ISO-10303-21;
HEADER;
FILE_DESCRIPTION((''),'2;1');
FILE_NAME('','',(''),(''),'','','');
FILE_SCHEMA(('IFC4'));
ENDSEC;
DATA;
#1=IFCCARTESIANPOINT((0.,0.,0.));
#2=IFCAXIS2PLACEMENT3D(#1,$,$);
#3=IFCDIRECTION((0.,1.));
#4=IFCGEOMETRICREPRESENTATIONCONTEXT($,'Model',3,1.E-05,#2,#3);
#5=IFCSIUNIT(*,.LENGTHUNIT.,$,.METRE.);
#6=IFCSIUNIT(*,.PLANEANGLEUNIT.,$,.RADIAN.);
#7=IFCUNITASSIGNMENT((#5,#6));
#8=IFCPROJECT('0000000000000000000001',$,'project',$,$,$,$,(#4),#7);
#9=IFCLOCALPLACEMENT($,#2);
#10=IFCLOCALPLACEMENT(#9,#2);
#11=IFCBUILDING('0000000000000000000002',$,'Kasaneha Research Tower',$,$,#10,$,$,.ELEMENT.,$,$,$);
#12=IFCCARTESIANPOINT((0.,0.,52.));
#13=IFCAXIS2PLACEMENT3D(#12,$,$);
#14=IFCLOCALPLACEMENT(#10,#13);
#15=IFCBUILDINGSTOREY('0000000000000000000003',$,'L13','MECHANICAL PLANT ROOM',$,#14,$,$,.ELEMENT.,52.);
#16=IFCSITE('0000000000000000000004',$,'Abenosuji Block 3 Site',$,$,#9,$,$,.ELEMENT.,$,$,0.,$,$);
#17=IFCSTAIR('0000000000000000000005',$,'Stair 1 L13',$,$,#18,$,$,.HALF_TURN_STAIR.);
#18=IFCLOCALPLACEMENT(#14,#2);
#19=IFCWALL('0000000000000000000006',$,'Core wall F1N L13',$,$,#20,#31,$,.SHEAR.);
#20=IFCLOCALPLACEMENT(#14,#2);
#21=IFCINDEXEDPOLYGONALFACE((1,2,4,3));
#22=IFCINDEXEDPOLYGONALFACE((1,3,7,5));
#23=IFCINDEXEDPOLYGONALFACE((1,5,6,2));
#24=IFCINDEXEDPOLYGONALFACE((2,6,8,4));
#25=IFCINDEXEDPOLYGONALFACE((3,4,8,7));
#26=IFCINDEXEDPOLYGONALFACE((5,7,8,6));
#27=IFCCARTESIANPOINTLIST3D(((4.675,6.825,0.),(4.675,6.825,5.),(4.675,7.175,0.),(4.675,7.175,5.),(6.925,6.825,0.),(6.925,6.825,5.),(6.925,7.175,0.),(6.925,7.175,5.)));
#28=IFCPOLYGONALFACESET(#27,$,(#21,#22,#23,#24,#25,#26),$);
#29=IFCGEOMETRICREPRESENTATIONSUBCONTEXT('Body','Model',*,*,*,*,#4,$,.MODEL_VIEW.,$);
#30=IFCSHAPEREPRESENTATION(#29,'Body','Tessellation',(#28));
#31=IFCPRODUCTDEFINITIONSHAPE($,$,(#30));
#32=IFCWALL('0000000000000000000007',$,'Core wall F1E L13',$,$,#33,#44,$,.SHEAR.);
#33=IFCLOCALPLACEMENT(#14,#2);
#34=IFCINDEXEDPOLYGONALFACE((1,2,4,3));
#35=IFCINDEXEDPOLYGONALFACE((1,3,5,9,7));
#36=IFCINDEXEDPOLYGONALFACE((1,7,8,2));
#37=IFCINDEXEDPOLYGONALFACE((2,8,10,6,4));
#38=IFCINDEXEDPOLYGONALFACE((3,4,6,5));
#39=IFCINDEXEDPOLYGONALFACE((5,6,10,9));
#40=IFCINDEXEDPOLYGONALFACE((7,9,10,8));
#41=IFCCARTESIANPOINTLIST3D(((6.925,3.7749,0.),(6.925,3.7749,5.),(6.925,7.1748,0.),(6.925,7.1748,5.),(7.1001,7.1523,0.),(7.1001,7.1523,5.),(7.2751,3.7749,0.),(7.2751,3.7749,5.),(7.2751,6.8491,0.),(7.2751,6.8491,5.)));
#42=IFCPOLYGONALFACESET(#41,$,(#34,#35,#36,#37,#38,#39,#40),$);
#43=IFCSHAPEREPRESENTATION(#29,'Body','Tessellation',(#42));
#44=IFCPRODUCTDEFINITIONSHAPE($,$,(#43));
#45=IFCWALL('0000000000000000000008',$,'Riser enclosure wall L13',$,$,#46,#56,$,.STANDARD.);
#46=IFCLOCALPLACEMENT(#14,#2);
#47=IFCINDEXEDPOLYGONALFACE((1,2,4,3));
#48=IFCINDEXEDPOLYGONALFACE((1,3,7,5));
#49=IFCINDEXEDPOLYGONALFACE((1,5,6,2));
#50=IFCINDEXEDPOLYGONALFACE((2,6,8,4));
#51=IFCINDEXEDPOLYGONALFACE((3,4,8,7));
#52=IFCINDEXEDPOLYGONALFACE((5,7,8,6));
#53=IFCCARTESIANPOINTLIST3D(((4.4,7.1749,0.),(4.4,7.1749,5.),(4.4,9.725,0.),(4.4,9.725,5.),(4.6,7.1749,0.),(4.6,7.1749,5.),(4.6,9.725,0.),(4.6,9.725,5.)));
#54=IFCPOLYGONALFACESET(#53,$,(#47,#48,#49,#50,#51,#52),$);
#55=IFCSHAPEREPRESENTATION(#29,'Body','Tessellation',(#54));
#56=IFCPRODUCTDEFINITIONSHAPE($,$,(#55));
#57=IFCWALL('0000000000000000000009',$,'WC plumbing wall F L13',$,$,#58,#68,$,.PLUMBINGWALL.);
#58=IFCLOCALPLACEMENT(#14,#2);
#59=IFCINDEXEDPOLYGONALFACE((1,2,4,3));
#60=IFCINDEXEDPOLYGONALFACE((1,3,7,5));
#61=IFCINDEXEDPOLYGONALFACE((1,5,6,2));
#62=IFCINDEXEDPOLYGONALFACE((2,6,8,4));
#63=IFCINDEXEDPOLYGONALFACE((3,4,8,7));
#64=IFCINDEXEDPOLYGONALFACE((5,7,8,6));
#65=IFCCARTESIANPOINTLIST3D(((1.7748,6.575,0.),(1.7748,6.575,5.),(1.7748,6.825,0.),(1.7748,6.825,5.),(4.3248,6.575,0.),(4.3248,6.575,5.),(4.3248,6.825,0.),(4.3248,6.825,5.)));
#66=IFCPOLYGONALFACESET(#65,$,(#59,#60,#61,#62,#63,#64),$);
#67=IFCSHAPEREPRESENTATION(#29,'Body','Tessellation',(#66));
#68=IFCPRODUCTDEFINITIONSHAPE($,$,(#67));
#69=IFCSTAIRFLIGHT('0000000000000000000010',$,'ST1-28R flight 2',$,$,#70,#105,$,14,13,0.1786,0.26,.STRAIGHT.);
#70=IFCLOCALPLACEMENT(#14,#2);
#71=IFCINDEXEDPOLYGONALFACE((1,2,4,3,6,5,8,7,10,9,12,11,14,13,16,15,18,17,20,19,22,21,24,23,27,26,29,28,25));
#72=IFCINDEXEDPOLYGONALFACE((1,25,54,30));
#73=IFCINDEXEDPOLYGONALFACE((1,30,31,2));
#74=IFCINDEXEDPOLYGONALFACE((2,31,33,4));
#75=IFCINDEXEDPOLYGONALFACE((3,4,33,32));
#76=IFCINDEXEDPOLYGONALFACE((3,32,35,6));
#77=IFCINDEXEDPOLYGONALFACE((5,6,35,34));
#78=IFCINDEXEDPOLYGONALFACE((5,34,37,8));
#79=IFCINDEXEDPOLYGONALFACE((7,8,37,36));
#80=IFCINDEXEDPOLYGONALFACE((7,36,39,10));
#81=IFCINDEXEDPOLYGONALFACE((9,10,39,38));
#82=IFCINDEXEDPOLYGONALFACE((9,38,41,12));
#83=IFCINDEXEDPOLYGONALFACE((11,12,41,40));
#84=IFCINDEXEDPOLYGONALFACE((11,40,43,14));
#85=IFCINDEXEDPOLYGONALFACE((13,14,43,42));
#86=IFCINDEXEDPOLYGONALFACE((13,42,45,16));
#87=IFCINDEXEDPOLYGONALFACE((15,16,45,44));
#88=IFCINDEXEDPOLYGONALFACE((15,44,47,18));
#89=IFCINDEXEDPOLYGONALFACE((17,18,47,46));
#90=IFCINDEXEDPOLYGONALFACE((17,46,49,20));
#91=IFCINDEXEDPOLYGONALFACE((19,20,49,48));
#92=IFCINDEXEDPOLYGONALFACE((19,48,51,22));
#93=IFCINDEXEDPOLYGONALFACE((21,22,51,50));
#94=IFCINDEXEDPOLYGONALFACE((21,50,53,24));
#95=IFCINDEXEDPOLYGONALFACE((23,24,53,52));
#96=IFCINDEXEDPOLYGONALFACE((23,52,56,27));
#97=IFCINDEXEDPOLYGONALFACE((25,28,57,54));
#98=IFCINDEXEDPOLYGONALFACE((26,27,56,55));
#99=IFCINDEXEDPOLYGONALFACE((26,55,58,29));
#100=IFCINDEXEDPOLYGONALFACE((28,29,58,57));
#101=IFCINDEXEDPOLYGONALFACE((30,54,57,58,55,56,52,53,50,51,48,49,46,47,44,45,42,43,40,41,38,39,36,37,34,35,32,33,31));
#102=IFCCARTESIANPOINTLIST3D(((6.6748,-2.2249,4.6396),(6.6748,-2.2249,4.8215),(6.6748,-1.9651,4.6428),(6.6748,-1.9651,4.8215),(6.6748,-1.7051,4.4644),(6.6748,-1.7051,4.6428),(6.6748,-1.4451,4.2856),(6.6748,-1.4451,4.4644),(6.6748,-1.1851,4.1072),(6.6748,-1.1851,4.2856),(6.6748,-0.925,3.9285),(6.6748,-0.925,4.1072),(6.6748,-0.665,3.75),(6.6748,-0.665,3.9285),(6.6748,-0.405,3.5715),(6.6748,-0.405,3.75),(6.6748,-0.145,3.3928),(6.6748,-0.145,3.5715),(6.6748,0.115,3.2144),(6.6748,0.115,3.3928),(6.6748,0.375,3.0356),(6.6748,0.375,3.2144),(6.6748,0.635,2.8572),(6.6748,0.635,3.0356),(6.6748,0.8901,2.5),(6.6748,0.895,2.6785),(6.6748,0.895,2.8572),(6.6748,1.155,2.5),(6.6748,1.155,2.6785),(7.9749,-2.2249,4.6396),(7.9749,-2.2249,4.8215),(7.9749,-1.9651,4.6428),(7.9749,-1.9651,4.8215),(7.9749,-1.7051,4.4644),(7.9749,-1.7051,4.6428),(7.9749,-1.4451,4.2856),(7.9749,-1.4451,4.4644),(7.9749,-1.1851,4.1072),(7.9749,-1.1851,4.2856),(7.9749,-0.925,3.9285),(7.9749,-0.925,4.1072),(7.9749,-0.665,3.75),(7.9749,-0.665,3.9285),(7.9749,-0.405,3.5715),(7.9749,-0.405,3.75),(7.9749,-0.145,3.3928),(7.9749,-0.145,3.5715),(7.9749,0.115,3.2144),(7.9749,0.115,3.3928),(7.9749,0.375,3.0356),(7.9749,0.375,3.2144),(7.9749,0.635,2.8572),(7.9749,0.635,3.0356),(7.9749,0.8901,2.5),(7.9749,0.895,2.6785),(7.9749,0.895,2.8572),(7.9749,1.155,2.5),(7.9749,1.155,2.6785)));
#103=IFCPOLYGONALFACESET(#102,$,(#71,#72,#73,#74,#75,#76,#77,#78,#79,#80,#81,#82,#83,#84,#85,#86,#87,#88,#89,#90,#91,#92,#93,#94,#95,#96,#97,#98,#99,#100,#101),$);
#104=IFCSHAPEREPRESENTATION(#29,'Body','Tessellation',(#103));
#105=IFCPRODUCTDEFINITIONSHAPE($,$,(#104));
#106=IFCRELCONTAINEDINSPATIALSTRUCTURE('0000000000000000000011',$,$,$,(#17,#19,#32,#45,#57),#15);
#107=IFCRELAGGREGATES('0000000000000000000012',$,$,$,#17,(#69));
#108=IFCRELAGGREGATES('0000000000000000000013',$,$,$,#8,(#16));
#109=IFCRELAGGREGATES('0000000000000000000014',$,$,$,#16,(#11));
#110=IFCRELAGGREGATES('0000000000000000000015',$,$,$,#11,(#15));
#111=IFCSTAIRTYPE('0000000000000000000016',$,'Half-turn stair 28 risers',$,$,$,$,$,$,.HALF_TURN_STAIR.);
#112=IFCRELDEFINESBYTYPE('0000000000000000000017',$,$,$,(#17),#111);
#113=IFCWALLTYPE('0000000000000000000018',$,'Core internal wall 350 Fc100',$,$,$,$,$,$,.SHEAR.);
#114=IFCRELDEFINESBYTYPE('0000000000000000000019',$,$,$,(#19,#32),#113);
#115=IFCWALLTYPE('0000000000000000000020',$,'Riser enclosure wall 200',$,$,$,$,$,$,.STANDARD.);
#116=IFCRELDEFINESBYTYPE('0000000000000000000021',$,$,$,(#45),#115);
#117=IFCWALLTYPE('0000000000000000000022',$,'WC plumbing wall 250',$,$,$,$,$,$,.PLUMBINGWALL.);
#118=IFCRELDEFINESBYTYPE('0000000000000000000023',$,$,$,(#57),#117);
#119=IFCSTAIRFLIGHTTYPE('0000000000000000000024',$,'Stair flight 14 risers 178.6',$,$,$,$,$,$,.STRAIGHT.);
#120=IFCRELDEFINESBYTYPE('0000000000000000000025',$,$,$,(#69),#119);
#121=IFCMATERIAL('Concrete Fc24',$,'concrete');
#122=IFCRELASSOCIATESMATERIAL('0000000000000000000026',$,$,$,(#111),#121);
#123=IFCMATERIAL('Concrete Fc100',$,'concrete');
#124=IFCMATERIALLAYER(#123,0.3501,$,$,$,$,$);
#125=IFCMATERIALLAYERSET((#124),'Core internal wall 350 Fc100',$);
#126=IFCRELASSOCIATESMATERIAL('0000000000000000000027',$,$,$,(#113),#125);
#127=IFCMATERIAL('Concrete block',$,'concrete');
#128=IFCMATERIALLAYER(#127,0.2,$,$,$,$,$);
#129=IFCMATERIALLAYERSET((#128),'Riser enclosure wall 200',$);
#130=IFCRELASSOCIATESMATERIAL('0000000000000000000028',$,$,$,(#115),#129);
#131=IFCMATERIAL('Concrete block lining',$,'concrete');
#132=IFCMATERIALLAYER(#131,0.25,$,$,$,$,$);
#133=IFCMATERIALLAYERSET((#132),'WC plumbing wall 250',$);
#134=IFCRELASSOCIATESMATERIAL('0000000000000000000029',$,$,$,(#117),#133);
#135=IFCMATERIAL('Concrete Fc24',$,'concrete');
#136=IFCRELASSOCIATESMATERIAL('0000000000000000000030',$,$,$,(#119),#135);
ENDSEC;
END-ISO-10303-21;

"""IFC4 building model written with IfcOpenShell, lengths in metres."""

from ifc_helpers import new_model, si_unit, direction, frame, frame_2d, origin, place, context, subcontext, project, spatial, polyline, rectangle, outline, extrude, material, layer, layer_set, type_object, element, aggregate, save


model = new_model("IFC4")

# Units and contexts
model_context = context("Model", 3, precision=1e-05, world=origin(), true_north=direction((0.0, 1.0)))
body_context = subcontext(model_context, "Body", "Model", "MODEL_VIEW")
ifc_project = project(units=[si_unit("LENGTHUNIT", "METRE"), si_unit("PLANEANGLEUNIT", "RADIAN")], contexts=[model_context])

# Site, building, storey
site_placement = place(None, origin())
site = spatial("IfcSite", under=ifc_project, at=site_placement, Name="Abenosuji Block 3 Site", CompositionType="ELEMENT", RefElevation=0.0)
building_placement = place(site_placement, origin())
building = spatial("IfcBuilding", under=site, at=building_placement, Name="Kasaneha Research Tower", CompositionType="ELEMENT")
storey_placement = place(building_placement, frame((0.0, 0.0, 52.0)))
storey = spatial("IfcBuildingStorey", under=building, at=storey_placement, Name="L13", Description="MECHANICAL PLANT ROOM", CompositionType="ELEMENT", Elevation=52.0)

# Stair
ifc_material_1 = material(Name="Concrete Fc24", Category="concrete")
stair_type = type_object("IfcStairType", Name="Half-turn stair 28 risers", PredefinedType="HALF_TURN_STAIR", material=ifc_material_1)
stair_1_placement = place(storey_placement, origin())
stair_1 = element("IfcStair", 1, at=stair_1_placement, inside=storey, type_object=stair_type, Name="Stair 1 L13", PredefinedType="HALF_TURN_STAIR")

# Shared definitions
ifc_material_2 = material(Name="Concrete Fc100", Category="concrete")
ifc_layer_1 = layer(ifc_material_2, 0.3501)
ifc_layer_set_1 = layer_set([ifc_layer_1], Name="Core internal wall 350 Fc100")
wall_type_1 = type_object("IfcWallType", Name="Core internal wall 350 Fc100", PredefinedType="SHEAR", material=ifc_layer_set_1)

# Walls
wall_1_placement = place(storey_placement, frame((4.675, 7.0, 0.0), z_axis=(0.0, 0.0, 1.0), x_axis=(1.0, 0.0, 0.0)))
element("IfcWall", 2, at=wall_1_placement, inside=storey, type_object=wall_type_1, Name="Core wall F1N L13", PredefinedType="SHEAR", context=body_context, shape_type="SweptSolid", body=[
    extrude(rectangle(XDim=2.25, YDim=0.3501, at=frame_2d((1.125, 0.0))), origin(), (0.0, 0.0, 1.0), 5.0),
])
wall_2_placement = place(storey_placement, frame((7.1001, 3.7749, 0.0), z_axis=(0.0, 0.0, 1.0), x_axis=(0.0, 1.0, 0.0)))
element("IfcWall", 3, at=wall_2_placement, inside=storey, type_object=wall_type_1, Name="Core wall F1E L13", PredefinedType="SHEAR", context=body_context, shape_type="SweptSolid", body=[
    extrude(outline(polyline([(0.0, -0.175), (3.0742, -0.175), (3.3774, 0.0), (3.3999, 0.175), (0.0, 0.175), (0.0, -0.175)])), origin(), (0.0, 0.0, 1.0), 5.0),
])
ifc_material_3 = material(Name="Concrete block", Category="concrete")
ifc_layer_2 = layer(ifc_material_3, 0.2)
ifc_layer_set_2 = layer_set([ifc_layer_2], Name="Riser enclosure wall 200")
wall_type_2 = type_object("IfcWallType", Name="Riser enclosure wall 200", PredefinedType="STANDARD", material=ifc_layer_set_2)
wall_3_placement = place(storey_placement, frame((4.5, 7.175, 0.0), z_axis=(0.0, 0.0, 1.0), x_axis=(0.0, 1.0, 0.0)))
element("IfcWall", 4, at=wall_3_placement, inside=storey, type_object=wall_type_2, Name="Riser enclosure wall L13", PredefinedType="STANDARD", context=body_context, shape_type="SweptSolid", body=[
    extrude(rectangle(XDim=2.55, YDim=0.2, at=frame_2d((1.2749, 0.0))), origin(), (0.0, 0.0, 1.0), 5.0),
])
ifc_material_4 = material(Name="Concrete block lining", Category="concrete")
ifc_layer_3 = layer(ifc_material_4, 0.25)
ifc_layer_set_3 = layer_set([ifc_layer_3], Name="WC plumbing wall 250")
wall_type_3 = type_object("IfcWallType", Name="WC plumbing wall 250", PredefinedType="PLUMBINGWALL", material=ifc_layer_set_3)
wall_4_placement = place(storey_placement, frame((1.7749, 6.7, 0.0), z_axis=(0.0, 0.0, 1.0), x_axis=(1.0, 0.0, 0.0)))
element("IfcWall", 5, at=wall_4_placement, inside=storey, type_object=wall_type_3, Name="WC plumbing wall F L13", PredefinedType="PLUMBINGWALL", context=body_context, shape_type="SweptSolid", body=[
    extrude(rectangle(XDim=2.55, YDim=0.25, at=frame_2d((1.2749, 0.0))), origin(), (0.0, 0.0, 1.0), 5.0),
])

# Stair flight
ifc_material_5 = material(Name="Concrete Fc24", Category="concrete")
stair_flight_type = type_object("IfcStairFlightType", Name="Stair flight 14 risers 178.6", PredefinedType="STRAIGHT", material=ifc_material_5)
stair_flight_placement = place(storey_placement, frame((7.325, 1.155, 2.5), z_axis=(0.0, 0.0, 1.0), x_axis=(0.0, -1.0, 0.0)))
stair_flight = element("IfcStairFlight", 6, at=stair_flight_placement, type_object=stair_flight_type, Name="ST1-28R flight 2", NumberOfRisers=14, NumberOfTreads=13, PredefinedType="STRAIGHT", RiserHeight=0.1786, TreadLength=0.26, context=body_context, shape_type="SweptSolid", body=[
    extrude(outline(polyline([(0.0, 0.0), (0.0, 0.1785), (0.26, 0.1785), (0.26, 0.3572), (0.52, 0.3572), (0.52, 0.5356), (0.78, 0.5356), (0.78, 0.7144), (1.04, 0.7144), (1.04, 0.8928), (1.3, 0.8928), (1.3, 1.0715), (1.5601, 1.0715), (1.5601, 1.25), (1.8201, 1.25), (1.8201, 1.4285), (2.0801, 1.4285), (2.0801, 1.6072), (2.3401, 1.6072), (2.3401, 1.7856), (2.6001, 1.7856), (2.6001, 1.9644), (2.8601, 1.9644), (2.8601, 2.1428), (3.1201, 2.1428), (3.1201, 2.3215), (3.3799, 2.3215), (3.3799, 2.5), (3.3799, 2.1396), (0.2649, 0.0), (0.0, 0.0)])), frame((0.0, 0.6499, 0.0), z_axis=(0.0, -1.0, 0.0), x_axis=(1.0, 0.0, 0.0)), (0.0, 0.0, 1.0), 1.3),
])
aggregate(stair_1, [stair_flight])

save(model, "model.ifc")
